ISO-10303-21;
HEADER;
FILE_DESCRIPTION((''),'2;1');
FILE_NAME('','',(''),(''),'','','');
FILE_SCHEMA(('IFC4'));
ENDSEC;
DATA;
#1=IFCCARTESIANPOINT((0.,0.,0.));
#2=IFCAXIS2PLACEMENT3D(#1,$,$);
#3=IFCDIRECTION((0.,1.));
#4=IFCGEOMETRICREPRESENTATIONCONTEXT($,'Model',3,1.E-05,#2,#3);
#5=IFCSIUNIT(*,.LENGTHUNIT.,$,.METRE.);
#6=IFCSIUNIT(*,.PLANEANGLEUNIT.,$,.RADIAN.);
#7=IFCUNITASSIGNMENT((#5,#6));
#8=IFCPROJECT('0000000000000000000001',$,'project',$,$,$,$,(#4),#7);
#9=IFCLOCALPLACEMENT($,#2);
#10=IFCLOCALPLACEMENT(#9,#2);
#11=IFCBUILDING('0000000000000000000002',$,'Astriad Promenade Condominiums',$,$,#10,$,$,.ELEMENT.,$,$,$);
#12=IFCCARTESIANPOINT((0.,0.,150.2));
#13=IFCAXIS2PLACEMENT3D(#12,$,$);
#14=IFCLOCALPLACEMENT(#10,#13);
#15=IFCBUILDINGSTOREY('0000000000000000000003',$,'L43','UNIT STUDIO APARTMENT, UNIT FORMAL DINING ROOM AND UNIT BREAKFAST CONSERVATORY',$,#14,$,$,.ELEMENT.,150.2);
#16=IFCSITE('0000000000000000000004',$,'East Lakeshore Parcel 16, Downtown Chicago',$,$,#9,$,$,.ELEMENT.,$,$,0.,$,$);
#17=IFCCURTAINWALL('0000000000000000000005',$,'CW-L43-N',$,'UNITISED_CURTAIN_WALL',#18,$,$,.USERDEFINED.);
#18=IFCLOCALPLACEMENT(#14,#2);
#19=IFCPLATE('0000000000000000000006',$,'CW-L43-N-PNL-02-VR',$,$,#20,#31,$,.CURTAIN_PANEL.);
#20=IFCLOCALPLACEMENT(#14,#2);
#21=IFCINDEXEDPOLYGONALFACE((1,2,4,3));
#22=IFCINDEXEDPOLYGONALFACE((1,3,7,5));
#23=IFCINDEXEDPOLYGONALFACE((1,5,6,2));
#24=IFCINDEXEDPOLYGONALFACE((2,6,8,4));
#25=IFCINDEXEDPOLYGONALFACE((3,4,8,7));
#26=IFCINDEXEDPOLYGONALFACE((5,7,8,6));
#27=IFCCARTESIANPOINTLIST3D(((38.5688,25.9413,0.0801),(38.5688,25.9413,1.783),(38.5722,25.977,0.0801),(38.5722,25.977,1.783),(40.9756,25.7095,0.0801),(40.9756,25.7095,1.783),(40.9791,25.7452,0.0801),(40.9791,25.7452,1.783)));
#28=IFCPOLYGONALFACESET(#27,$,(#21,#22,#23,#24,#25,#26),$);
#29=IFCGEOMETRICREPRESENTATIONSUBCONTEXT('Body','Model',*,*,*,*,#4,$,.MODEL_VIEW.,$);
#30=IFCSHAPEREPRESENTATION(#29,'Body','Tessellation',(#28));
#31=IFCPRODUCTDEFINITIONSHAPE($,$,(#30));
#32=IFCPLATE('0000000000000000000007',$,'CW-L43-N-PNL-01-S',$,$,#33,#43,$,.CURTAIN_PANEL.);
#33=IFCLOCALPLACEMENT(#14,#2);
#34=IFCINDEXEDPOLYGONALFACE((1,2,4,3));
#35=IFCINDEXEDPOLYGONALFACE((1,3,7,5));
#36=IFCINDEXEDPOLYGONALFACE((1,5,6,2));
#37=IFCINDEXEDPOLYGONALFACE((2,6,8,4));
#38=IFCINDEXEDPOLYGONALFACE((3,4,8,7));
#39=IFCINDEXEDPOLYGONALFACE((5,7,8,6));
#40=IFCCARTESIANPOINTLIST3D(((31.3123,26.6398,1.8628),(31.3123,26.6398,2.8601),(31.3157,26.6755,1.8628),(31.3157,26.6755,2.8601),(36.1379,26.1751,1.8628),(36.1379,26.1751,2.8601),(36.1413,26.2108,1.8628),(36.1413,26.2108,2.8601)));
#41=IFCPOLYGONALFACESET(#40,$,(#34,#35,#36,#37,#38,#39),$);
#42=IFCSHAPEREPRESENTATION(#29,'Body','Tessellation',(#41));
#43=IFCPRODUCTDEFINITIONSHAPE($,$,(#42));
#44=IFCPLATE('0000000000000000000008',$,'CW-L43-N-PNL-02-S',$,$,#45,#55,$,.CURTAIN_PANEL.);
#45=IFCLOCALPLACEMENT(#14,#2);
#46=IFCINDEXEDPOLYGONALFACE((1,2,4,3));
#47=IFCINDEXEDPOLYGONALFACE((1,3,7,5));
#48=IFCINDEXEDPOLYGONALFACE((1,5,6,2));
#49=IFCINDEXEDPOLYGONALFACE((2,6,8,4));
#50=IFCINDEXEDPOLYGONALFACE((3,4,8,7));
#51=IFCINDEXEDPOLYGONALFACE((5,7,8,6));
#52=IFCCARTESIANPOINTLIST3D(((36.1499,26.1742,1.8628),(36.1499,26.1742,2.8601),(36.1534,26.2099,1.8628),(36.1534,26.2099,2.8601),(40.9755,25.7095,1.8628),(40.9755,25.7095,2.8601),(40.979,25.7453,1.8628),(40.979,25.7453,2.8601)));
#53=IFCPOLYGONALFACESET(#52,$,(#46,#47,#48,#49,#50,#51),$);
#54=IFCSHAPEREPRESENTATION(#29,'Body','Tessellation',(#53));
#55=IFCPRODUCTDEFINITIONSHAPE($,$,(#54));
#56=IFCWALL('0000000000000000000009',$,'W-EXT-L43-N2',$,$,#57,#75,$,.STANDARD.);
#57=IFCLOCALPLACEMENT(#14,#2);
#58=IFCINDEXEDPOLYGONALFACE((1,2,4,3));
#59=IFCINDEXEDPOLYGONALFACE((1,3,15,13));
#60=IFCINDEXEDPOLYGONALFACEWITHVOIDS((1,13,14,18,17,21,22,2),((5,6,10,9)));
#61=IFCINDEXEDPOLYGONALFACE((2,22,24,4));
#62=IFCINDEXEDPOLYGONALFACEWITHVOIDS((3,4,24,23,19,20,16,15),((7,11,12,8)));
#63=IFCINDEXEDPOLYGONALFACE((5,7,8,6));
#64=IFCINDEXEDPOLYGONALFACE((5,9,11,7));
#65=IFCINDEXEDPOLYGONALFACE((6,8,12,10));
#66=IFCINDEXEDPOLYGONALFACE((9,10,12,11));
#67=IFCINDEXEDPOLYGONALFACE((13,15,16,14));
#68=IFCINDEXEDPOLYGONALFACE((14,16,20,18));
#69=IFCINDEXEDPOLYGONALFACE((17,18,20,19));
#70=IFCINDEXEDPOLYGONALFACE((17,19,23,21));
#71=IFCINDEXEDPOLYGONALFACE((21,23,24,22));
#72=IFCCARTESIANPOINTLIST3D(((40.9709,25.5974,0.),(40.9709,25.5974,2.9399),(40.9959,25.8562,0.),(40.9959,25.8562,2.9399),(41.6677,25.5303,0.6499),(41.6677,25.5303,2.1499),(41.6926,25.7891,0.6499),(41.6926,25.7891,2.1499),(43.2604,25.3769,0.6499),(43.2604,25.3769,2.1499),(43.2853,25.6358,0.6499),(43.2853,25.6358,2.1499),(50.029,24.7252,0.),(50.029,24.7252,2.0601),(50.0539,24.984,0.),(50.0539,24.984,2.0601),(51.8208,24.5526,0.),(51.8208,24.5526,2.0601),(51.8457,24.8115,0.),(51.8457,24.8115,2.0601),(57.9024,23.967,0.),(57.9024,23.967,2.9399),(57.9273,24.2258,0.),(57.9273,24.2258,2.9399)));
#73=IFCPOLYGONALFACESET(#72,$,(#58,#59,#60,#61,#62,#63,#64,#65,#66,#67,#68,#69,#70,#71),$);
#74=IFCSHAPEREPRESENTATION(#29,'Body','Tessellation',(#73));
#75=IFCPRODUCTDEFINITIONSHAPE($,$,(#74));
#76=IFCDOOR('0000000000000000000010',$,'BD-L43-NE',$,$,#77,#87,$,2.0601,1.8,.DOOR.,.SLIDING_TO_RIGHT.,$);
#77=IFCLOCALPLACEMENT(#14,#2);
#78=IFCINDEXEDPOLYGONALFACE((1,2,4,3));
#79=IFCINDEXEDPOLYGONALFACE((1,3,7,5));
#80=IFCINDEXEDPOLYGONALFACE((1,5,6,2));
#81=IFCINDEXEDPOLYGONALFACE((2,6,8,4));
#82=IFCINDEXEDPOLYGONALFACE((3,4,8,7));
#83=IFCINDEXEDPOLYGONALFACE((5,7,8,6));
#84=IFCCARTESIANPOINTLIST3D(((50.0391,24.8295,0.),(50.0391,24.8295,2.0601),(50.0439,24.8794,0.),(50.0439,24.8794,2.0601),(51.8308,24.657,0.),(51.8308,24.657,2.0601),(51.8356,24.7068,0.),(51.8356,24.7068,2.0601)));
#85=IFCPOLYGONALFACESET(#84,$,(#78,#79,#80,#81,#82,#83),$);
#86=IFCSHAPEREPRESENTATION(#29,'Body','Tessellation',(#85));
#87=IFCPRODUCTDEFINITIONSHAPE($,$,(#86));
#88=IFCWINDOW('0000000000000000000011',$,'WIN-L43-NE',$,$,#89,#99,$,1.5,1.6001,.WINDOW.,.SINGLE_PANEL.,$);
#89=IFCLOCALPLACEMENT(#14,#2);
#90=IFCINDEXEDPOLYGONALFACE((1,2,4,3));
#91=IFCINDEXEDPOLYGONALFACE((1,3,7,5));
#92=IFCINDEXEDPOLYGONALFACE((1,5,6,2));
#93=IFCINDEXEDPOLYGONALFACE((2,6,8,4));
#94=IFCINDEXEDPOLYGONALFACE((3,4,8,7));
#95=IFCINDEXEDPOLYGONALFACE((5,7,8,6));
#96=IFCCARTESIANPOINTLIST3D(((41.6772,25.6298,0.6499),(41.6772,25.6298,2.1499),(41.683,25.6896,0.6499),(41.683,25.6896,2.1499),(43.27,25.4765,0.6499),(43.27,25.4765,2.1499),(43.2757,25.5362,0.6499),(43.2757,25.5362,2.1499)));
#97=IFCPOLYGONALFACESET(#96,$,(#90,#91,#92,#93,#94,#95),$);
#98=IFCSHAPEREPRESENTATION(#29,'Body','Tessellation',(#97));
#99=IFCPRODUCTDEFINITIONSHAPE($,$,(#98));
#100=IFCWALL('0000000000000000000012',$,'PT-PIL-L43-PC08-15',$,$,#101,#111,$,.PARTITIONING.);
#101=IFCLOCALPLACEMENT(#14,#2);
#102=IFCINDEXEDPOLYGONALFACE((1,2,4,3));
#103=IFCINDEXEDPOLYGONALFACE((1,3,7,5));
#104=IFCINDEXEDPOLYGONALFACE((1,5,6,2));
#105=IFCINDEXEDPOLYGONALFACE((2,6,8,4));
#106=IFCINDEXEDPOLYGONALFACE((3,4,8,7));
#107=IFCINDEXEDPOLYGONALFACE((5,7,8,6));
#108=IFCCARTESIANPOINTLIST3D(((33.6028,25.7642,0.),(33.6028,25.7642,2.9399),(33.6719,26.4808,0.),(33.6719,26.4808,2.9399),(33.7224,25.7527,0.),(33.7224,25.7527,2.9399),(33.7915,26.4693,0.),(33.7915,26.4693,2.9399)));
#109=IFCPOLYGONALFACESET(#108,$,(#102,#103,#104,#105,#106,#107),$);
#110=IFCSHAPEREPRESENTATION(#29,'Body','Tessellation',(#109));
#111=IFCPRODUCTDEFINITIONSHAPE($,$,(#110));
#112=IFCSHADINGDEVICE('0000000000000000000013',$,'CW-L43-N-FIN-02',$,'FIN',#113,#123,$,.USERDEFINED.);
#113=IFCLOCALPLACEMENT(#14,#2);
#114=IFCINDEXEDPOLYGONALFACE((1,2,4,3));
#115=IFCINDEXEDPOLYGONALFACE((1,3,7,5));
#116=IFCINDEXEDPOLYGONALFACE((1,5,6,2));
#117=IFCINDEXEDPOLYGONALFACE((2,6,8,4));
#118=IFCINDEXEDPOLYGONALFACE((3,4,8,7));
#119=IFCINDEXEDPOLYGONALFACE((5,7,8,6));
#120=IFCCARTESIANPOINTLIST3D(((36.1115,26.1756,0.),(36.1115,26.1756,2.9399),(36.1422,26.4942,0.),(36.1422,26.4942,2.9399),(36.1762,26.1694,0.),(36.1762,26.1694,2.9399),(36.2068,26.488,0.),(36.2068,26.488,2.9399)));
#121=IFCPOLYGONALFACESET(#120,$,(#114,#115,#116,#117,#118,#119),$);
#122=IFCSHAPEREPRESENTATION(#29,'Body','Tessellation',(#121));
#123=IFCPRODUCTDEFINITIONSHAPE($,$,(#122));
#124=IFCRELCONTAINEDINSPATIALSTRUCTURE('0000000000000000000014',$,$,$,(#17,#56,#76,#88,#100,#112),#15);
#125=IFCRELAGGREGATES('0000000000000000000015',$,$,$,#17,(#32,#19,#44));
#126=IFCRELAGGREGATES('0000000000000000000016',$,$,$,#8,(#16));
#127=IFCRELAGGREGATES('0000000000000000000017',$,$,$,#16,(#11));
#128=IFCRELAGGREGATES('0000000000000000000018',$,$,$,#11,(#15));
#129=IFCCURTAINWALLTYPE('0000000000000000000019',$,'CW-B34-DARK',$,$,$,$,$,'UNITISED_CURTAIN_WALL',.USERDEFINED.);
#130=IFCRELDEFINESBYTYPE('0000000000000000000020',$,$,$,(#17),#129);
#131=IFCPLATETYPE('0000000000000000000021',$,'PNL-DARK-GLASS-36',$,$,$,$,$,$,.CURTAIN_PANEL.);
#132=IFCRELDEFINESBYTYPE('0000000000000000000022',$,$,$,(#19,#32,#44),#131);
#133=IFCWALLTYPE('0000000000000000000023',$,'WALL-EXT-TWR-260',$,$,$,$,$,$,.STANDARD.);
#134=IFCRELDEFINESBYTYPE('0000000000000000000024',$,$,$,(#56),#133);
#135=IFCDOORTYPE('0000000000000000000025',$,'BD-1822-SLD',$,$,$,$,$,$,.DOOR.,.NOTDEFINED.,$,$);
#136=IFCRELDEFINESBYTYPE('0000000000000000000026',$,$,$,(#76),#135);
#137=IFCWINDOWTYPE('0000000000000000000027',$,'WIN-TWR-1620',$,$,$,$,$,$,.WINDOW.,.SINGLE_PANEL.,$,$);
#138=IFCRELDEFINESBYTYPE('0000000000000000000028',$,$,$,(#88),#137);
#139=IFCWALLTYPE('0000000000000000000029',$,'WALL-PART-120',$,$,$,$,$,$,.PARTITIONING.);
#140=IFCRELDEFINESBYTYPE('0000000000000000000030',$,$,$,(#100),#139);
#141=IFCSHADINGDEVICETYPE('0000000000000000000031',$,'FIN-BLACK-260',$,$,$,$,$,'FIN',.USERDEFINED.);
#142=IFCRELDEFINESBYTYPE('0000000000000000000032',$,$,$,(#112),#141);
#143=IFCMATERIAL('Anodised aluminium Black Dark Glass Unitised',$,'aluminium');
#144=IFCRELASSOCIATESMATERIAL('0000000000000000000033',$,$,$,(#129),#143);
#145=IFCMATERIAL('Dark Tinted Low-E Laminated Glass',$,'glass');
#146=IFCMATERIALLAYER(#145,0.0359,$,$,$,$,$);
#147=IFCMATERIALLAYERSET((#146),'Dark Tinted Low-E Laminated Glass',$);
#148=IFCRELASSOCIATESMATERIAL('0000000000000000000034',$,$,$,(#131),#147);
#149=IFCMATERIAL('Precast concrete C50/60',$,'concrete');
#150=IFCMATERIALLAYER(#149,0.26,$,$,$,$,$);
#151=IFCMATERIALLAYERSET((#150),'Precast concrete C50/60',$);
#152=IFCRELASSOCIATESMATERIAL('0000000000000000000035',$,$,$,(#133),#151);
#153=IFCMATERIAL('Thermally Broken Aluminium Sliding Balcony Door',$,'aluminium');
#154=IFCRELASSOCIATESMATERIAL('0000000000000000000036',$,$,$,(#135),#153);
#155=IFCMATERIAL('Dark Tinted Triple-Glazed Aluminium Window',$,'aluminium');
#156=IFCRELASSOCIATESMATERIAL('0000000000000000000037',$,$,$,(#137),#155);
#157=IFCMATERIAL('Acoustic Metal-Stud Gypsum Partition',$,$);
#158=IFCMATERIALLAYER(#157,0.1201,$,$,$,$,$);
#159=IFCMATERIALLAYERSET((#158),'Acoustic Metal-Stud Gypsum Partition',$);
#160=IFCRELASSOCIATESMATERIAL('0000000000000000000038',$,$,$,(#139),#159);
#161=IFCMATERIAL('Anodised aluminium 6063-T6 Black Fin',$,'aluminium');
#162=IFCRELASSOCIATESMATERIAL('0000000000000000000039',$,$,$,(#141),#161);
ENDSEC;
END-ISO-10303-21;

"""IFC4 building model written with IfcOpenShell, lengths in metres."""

from ifc_helpers import new_model, si_unit, direction, frame, frame_2d, origin, origin_2d, place, context, subcontext, project, spatial, rectangle, extrude, source, transform, mapped, material, layer, layer_set, type_object, type_shapes, element, fill, aggregate, save


model = new_model("IFC4")

# Units and contexts
model_context = context("Model", 3, precision=1e-05, world=origin(), true_north=direction((0.0, 1.0)))
body_context = subcontext(model_context, "Body", "Model", "MODEL_VIEW")
ifc_project = project(units=[si_unit("LENGTHUNIT", "METRE"), si_unit("PLANEANGLEUNIT", "RADIAN")], contexts=[model_context])

# Site, building, storey
site_placement = place(None, origin())
site = spatial("IfcSite", under=ifc_project, at=site_placement, Name="East Lakeshore Parcel 16, Downtown Chicago", CompositionType="ELEMENT", RefElevation=0.0)
building_placement = place(site_placement, origin())
building = spatial("IfcBuilding", under=site, at=building_placement, Name="Astriad Promenade Condominiums", CompositionType="ELEMENT")
storey_placement = place(building_placement, frame((0.0, 0.0, 150.2)))
storey = spatial("IfcBuildingStorey", under=building, at=storey_placement, Name="L43", Description="UNIT STUDIO APARTMENT, UNIT FORMAL DINING ROOM AND UNIT BREAKFAST CONSERVATORY", CompositionType="ELEMENT", Elevation=150.2)

# Curtain wall, plates
ifc_material_1 = material(Name="Anodised aluminium Black Dark Glass Unitised", Category="aluminium")
curtain_wall_type = type_object("IfcCurtainWallType", Name="CW-B34-DARK", ElementType="UNITISED_CURTAIN_WALL", PredefinedType="USERDEFINED", material=ifc_material_1)
curtain_wall_placement = place(storey_placement, origin())
curtain_wall = element("IfcCurtainWall", 1, at=curtain_wall_placement, inside=storey, type_object=curtain_wall_type, Name="CW-L43-N", ObjectType="UNITISED_CURTAIN_WALL", PredefinedType="USERDEFINED")
ifc_material_2 = material(Name="Dark Tinted Low-E Laminated Glass", Category="glass")
ifc_layer_1 = layer(ifc_material_2, 0.0359)
ifc_layer_set_1 = layer_set([ifc_layer_1], Name="Dark Tinted Low-E Laminated Glass")
plate_type = type_object("IfcPlateType", Name="PNL-DARK-GLASS-36", PredefinedType="CURTAIN_PANEL", material=ifc_layer_set_1)
shared_shape_1 = source(origin(), body_context, "Body", "SweptSolid", [
    extrude(rectangle(XDim=2.418, YDim=0.0359, at=origin_2d()), origin(), (0.0, 0.0, 1.0), 1.7029),
])
plate_1_placement = place(storey_placement, frame((39.7739, 25.8433, 0.0801), z_axis=(0.0, 0.0, 1.0), x_axis=(0.995396, -0.095846, 0.0)))
plate_1 = element("IfcPlate", 2, at=plate_1_placement, type_object=plate_type, Name="CW-L43-N-PNL-02-VR", PredefinedType="CURTAIN_PANEL", context=body_context, shape_type="MappedRepresentation", body=[
    mapped(shared_shape_1, transform((0.0, 0.0, 0.0), scale=1.0)),
])
shared_shape_2 = source(origin(), body_context, "Body", "SweptSolid", [
    extrude(rectangle(XDim=4.8479, YDim=0.0359, at=origin_2d()), origin(), (0.0, 0.0, 1.0), 0.9973),
])
type_shapes(plate_type, [shared_shape_1, shared_shape_2])
plate_2_placement = place(storey_placement, frame((33.7268, 26.4253, 1.8628), z_axis=(0.0, 0.0, 1.0), x_axis=(0.995396, -0.095846, 0.0)))
plate_2 = element("IfcPlate", 3, at=plate_2_placement, type_object=plate_type, Name="CW-L43-N-PNL-01-S", PredefinedType="CURTAIN_PANEL", context=body_context, shape_type="MappedRepresentation", body=[
    mapped(shared_shape_2, transform((0.0, 0.0, 0.0), scale=1.0)),
])
plate_3_placement = place(storey_placement, frame((38.5645, 25.9597, 1.8628), z_axis=(0.0, 0.0, 1.0), x_axis=(0.995396, -0.095846, 0.0)))
plate_3 = element("IfcPlate", 4, at=plate_3_placement, type_object=plate_type, Name="CW-L43-N-PNL-02-S", PredefinedType="CURTAIN_PANEL", context=body_context, shape_type="MappedRepresentation", body=[
    mapped(shared_shape_2, transform((0.0, 0.0, 0.0), scale=1.0)),
])
aggregate(curtain_wall, [plate_2, plate_1, plate_3])

# Wall, openings, door, window
ifc_material_3 = material(Name="Precast concrete C50/60", Category="concrete")
ifc_layer_2 = layer(ifc_material_3, 0.26)
ifc_layer_set_2 = layer_set([ifc_layer_2], Name="Precast concrete C50/60")
wall_type_1 = type_object("IfcWallType", Name="WALL-EXT-TWR-260", PredefinedType="STANDARD", material=ifc_layer_set_2)
wall_1_placement = place(storey_placement, frame((40.9834, 25.7268, 0.0), z_axis=(0.0, 0.0, 1.0), x_axis=(0.995396, -0.095849, 0.0)))
wall_1 = element("IfcWall", 5, at=wall_1_placement, inside=storey, type_object=wall_type_1, Name="W-EXT-L43-N2", PredefinedType="STANDARD", context=body_context, shape_type="SweptSolid", body=[
    extrude(rectangle(XDim=17.0098, YDim=0.26, at=frame_2d((8.5049, 0.0))), origin(), (0.0, 0.0, 1.0), 2.9399),
])
opening_1_placement = place(wall_1_placement, frame((9.1001, 0.0, 0.0)))
opening_1 = element("IfcOpeningElement", 6, at=opening_1_placement, cuts=wall_1, PredefinedType="OPENING", context=body_context, shape_type="SweptSolid", body=[
    extrude(rectangle(XDim=1.8, YDim=2.0601, at=frame_2d((0.8999, 1.03))), frame((0.0, 0.1399, 0.0), z_axis=(0.0, -1.0, 0.0), x_axis=(1.0, 0.0, 0.0)), (0.0, 0.0, 1.0), 0.28),
])
opening_2_placement = place(wall_1_placement, frame((0.7, 0.0, 0.6499)))
opening_2 = element("IfcOpeningElement", 7, at=opening_2_placement, cuts=wall_1, PredefinedType="OPENING", context=body_context, shape_type="SweptSolid", body=[
    extrude(rectangle(XDim=1.6001, YDim=1.5, at=frame_2d((0.8, 0.75))), frame((0.0, 0.1399, 0.0), z_axis=(0.0, -1.0, 0.0), x_axis=(1.0, 0.0, 0.0)), (0.0, 0.0, 1.0), 0.28),
])
ifc_material_4 = material(Name="Thermally Broken Aluminium Sliding Balcony Door", Category="aluminium")
door_type = type_object("IfcDoorType", Name="BD-1822-SLD", OperationType="NOTDEFINED", PredefinedType="DOOR", material=ifc_material_4)
shared_shape_3 = source(origin(), body_context, "Body", "SweptSolid", [
    extrude(rectangle(XDim=1.8, YDim=2.0601, at=frame_2d((0.8999, 1.03))), frame((0.0, 0.0249, 0.0), z_axis=(0.0, -1.0, 0.0), x_axis=(1.0, 0.0, 0.0)), (0.0, 0.0, 1.0), 0.05),
])
type_shapes(door_type, [shared_shape_3])
door_placement = place(opening_1_placement, origin())
door = element("IfcDoor", 8, at=door_placement, inside=storey, type_object=door_type, Name="BD-L43-NE", OperationType="SLIDING_TO_RIGHT", OverallHeight=2.0601, OverallWidth=1.8, PredefinedType="DOOR", context=body_context, shape_type="MappedRepresentation", body=[
    mapped(shared_shape_3, transform((0.0, 0.0, 0.0), scale=1.0)),
])
fill(opening_1, door)
ifc_material_5 = material(Name="Dark Tinted Triple-Glazed Aluminium Window", Category="aluminium")
window_type = type_object("IfcWindowType", Name="WIN-TWR-1620", PartitioningType="SINGLE_PANEL", PredefinedType="WINDOW", material=ifc_material_5)
shared_shape_4 = source(origin(), body_context, "Body", "SweptSolid", [
    extrude(rectangle(XDim=1.6001, YDim=1.5, at=frame_2d((0.8, 0.75))), frame((0.0, 0.03, 0.0), z_axis=(0.0, -1.0, 0.0), x_axis=(1.0, 0.0, 0.0)), (0.0, 0.0, 1.0), 0.0601),
])
type_shapes(window_type, [shared_shape_4])
window_placement = place(opening_2_placement, origin())
window = element("IfcWindow", 9, at=window_placement, inside=storey, type_object=window_type, Name="WIN-L43-NE", OverallHeight=1.5, OverallWidth=1.6001, PartitioningType="SINGLE_PANEL", PredefinedType="WINDOW", context=body_context, shape_type="MappedRepresentation", body=[
    mapped(shared_shape_4, transform((0.0, 0.0, 0.0), scale=1.0)),
])
fill(opening_2, window)

# Wall
ifc_material_6 = material(Name="Acoustic Metal-Stud Gypsum Partition")
ifc_layer_3 = layer(ifc_material_6, 0.1201)
ifc_layer_set_3 = layer_set([ifc_layer_3], Name="Acoustic Metal-Stud Gypsum Partition")
wall_type_2 = type_object("IfcWallType", Name="WALL-PART-120", PredefinedType="PARTITIONING", material=ifc_layer_set_3)
wall_2_placement = place(storey_placement, frame((33.6626, 25.7585, 0.0), z_axis=(0.0, 0.0, 1.0), x_axis=(0.095977, 0.995384, 0.0)))
element("IfcWall", 10, at=wall_2_placement, inside=storey, type_object=wall_type_2, Name="PT-PIL-L43-PC08-15", PredefinedType="PARTITIONING", context=body_context, shape_type="SweptSolid", body=[
    extrude(rectangle(XDim=0.72, YDim=0.1201, at=frame_2d((0.3599, 0.0))), origin(), (0.0, 0.0, 1.0), 2.9399),
])

# Shading device
ifc_material_7 = material(Name="Anodised aluminium 6063-T6 Black Fin", Category="aluminium")
shading_device_type = type_object("IfcShadingDeviceType", Name="FIN-BLACK-260", ElementType="FIN", PredefinedType="USERDEFINED", material=ifc_material_7)
shared_shape_5 = source(origin(), body_context, "Body", "SweptSolid", [
    extrude(rectangle(XDim=0.0649, YDim=0.3201, at=origin_2d()), origin(), (0.0, 0.0, 1.0), 2.9399),
])
type_shapes(shading_device_type, [shared_shape_5])
shading_device_placement = place(storey_placement, frame((36.1592, 26.3318, 0.0), z_axis=(0.0, 0.0, 1.0), x_axis=(0.995396, -0.095846, 0.0)))
element("IfcShadingDevice", 11, at=shading_device_placement, inside=storey, type_object=shading_device_type, Name="CW-L43-N-FIN-02", ObjectType="FIN", PredefinedType="USERDEFINED", context=body_context, shape_type="MappedRepresentation", body=[
    mapped(shared_shape_5, transform((0.0, 0.0, 0.0), scale=1.0)),
])

save(model, "model.ifc")
